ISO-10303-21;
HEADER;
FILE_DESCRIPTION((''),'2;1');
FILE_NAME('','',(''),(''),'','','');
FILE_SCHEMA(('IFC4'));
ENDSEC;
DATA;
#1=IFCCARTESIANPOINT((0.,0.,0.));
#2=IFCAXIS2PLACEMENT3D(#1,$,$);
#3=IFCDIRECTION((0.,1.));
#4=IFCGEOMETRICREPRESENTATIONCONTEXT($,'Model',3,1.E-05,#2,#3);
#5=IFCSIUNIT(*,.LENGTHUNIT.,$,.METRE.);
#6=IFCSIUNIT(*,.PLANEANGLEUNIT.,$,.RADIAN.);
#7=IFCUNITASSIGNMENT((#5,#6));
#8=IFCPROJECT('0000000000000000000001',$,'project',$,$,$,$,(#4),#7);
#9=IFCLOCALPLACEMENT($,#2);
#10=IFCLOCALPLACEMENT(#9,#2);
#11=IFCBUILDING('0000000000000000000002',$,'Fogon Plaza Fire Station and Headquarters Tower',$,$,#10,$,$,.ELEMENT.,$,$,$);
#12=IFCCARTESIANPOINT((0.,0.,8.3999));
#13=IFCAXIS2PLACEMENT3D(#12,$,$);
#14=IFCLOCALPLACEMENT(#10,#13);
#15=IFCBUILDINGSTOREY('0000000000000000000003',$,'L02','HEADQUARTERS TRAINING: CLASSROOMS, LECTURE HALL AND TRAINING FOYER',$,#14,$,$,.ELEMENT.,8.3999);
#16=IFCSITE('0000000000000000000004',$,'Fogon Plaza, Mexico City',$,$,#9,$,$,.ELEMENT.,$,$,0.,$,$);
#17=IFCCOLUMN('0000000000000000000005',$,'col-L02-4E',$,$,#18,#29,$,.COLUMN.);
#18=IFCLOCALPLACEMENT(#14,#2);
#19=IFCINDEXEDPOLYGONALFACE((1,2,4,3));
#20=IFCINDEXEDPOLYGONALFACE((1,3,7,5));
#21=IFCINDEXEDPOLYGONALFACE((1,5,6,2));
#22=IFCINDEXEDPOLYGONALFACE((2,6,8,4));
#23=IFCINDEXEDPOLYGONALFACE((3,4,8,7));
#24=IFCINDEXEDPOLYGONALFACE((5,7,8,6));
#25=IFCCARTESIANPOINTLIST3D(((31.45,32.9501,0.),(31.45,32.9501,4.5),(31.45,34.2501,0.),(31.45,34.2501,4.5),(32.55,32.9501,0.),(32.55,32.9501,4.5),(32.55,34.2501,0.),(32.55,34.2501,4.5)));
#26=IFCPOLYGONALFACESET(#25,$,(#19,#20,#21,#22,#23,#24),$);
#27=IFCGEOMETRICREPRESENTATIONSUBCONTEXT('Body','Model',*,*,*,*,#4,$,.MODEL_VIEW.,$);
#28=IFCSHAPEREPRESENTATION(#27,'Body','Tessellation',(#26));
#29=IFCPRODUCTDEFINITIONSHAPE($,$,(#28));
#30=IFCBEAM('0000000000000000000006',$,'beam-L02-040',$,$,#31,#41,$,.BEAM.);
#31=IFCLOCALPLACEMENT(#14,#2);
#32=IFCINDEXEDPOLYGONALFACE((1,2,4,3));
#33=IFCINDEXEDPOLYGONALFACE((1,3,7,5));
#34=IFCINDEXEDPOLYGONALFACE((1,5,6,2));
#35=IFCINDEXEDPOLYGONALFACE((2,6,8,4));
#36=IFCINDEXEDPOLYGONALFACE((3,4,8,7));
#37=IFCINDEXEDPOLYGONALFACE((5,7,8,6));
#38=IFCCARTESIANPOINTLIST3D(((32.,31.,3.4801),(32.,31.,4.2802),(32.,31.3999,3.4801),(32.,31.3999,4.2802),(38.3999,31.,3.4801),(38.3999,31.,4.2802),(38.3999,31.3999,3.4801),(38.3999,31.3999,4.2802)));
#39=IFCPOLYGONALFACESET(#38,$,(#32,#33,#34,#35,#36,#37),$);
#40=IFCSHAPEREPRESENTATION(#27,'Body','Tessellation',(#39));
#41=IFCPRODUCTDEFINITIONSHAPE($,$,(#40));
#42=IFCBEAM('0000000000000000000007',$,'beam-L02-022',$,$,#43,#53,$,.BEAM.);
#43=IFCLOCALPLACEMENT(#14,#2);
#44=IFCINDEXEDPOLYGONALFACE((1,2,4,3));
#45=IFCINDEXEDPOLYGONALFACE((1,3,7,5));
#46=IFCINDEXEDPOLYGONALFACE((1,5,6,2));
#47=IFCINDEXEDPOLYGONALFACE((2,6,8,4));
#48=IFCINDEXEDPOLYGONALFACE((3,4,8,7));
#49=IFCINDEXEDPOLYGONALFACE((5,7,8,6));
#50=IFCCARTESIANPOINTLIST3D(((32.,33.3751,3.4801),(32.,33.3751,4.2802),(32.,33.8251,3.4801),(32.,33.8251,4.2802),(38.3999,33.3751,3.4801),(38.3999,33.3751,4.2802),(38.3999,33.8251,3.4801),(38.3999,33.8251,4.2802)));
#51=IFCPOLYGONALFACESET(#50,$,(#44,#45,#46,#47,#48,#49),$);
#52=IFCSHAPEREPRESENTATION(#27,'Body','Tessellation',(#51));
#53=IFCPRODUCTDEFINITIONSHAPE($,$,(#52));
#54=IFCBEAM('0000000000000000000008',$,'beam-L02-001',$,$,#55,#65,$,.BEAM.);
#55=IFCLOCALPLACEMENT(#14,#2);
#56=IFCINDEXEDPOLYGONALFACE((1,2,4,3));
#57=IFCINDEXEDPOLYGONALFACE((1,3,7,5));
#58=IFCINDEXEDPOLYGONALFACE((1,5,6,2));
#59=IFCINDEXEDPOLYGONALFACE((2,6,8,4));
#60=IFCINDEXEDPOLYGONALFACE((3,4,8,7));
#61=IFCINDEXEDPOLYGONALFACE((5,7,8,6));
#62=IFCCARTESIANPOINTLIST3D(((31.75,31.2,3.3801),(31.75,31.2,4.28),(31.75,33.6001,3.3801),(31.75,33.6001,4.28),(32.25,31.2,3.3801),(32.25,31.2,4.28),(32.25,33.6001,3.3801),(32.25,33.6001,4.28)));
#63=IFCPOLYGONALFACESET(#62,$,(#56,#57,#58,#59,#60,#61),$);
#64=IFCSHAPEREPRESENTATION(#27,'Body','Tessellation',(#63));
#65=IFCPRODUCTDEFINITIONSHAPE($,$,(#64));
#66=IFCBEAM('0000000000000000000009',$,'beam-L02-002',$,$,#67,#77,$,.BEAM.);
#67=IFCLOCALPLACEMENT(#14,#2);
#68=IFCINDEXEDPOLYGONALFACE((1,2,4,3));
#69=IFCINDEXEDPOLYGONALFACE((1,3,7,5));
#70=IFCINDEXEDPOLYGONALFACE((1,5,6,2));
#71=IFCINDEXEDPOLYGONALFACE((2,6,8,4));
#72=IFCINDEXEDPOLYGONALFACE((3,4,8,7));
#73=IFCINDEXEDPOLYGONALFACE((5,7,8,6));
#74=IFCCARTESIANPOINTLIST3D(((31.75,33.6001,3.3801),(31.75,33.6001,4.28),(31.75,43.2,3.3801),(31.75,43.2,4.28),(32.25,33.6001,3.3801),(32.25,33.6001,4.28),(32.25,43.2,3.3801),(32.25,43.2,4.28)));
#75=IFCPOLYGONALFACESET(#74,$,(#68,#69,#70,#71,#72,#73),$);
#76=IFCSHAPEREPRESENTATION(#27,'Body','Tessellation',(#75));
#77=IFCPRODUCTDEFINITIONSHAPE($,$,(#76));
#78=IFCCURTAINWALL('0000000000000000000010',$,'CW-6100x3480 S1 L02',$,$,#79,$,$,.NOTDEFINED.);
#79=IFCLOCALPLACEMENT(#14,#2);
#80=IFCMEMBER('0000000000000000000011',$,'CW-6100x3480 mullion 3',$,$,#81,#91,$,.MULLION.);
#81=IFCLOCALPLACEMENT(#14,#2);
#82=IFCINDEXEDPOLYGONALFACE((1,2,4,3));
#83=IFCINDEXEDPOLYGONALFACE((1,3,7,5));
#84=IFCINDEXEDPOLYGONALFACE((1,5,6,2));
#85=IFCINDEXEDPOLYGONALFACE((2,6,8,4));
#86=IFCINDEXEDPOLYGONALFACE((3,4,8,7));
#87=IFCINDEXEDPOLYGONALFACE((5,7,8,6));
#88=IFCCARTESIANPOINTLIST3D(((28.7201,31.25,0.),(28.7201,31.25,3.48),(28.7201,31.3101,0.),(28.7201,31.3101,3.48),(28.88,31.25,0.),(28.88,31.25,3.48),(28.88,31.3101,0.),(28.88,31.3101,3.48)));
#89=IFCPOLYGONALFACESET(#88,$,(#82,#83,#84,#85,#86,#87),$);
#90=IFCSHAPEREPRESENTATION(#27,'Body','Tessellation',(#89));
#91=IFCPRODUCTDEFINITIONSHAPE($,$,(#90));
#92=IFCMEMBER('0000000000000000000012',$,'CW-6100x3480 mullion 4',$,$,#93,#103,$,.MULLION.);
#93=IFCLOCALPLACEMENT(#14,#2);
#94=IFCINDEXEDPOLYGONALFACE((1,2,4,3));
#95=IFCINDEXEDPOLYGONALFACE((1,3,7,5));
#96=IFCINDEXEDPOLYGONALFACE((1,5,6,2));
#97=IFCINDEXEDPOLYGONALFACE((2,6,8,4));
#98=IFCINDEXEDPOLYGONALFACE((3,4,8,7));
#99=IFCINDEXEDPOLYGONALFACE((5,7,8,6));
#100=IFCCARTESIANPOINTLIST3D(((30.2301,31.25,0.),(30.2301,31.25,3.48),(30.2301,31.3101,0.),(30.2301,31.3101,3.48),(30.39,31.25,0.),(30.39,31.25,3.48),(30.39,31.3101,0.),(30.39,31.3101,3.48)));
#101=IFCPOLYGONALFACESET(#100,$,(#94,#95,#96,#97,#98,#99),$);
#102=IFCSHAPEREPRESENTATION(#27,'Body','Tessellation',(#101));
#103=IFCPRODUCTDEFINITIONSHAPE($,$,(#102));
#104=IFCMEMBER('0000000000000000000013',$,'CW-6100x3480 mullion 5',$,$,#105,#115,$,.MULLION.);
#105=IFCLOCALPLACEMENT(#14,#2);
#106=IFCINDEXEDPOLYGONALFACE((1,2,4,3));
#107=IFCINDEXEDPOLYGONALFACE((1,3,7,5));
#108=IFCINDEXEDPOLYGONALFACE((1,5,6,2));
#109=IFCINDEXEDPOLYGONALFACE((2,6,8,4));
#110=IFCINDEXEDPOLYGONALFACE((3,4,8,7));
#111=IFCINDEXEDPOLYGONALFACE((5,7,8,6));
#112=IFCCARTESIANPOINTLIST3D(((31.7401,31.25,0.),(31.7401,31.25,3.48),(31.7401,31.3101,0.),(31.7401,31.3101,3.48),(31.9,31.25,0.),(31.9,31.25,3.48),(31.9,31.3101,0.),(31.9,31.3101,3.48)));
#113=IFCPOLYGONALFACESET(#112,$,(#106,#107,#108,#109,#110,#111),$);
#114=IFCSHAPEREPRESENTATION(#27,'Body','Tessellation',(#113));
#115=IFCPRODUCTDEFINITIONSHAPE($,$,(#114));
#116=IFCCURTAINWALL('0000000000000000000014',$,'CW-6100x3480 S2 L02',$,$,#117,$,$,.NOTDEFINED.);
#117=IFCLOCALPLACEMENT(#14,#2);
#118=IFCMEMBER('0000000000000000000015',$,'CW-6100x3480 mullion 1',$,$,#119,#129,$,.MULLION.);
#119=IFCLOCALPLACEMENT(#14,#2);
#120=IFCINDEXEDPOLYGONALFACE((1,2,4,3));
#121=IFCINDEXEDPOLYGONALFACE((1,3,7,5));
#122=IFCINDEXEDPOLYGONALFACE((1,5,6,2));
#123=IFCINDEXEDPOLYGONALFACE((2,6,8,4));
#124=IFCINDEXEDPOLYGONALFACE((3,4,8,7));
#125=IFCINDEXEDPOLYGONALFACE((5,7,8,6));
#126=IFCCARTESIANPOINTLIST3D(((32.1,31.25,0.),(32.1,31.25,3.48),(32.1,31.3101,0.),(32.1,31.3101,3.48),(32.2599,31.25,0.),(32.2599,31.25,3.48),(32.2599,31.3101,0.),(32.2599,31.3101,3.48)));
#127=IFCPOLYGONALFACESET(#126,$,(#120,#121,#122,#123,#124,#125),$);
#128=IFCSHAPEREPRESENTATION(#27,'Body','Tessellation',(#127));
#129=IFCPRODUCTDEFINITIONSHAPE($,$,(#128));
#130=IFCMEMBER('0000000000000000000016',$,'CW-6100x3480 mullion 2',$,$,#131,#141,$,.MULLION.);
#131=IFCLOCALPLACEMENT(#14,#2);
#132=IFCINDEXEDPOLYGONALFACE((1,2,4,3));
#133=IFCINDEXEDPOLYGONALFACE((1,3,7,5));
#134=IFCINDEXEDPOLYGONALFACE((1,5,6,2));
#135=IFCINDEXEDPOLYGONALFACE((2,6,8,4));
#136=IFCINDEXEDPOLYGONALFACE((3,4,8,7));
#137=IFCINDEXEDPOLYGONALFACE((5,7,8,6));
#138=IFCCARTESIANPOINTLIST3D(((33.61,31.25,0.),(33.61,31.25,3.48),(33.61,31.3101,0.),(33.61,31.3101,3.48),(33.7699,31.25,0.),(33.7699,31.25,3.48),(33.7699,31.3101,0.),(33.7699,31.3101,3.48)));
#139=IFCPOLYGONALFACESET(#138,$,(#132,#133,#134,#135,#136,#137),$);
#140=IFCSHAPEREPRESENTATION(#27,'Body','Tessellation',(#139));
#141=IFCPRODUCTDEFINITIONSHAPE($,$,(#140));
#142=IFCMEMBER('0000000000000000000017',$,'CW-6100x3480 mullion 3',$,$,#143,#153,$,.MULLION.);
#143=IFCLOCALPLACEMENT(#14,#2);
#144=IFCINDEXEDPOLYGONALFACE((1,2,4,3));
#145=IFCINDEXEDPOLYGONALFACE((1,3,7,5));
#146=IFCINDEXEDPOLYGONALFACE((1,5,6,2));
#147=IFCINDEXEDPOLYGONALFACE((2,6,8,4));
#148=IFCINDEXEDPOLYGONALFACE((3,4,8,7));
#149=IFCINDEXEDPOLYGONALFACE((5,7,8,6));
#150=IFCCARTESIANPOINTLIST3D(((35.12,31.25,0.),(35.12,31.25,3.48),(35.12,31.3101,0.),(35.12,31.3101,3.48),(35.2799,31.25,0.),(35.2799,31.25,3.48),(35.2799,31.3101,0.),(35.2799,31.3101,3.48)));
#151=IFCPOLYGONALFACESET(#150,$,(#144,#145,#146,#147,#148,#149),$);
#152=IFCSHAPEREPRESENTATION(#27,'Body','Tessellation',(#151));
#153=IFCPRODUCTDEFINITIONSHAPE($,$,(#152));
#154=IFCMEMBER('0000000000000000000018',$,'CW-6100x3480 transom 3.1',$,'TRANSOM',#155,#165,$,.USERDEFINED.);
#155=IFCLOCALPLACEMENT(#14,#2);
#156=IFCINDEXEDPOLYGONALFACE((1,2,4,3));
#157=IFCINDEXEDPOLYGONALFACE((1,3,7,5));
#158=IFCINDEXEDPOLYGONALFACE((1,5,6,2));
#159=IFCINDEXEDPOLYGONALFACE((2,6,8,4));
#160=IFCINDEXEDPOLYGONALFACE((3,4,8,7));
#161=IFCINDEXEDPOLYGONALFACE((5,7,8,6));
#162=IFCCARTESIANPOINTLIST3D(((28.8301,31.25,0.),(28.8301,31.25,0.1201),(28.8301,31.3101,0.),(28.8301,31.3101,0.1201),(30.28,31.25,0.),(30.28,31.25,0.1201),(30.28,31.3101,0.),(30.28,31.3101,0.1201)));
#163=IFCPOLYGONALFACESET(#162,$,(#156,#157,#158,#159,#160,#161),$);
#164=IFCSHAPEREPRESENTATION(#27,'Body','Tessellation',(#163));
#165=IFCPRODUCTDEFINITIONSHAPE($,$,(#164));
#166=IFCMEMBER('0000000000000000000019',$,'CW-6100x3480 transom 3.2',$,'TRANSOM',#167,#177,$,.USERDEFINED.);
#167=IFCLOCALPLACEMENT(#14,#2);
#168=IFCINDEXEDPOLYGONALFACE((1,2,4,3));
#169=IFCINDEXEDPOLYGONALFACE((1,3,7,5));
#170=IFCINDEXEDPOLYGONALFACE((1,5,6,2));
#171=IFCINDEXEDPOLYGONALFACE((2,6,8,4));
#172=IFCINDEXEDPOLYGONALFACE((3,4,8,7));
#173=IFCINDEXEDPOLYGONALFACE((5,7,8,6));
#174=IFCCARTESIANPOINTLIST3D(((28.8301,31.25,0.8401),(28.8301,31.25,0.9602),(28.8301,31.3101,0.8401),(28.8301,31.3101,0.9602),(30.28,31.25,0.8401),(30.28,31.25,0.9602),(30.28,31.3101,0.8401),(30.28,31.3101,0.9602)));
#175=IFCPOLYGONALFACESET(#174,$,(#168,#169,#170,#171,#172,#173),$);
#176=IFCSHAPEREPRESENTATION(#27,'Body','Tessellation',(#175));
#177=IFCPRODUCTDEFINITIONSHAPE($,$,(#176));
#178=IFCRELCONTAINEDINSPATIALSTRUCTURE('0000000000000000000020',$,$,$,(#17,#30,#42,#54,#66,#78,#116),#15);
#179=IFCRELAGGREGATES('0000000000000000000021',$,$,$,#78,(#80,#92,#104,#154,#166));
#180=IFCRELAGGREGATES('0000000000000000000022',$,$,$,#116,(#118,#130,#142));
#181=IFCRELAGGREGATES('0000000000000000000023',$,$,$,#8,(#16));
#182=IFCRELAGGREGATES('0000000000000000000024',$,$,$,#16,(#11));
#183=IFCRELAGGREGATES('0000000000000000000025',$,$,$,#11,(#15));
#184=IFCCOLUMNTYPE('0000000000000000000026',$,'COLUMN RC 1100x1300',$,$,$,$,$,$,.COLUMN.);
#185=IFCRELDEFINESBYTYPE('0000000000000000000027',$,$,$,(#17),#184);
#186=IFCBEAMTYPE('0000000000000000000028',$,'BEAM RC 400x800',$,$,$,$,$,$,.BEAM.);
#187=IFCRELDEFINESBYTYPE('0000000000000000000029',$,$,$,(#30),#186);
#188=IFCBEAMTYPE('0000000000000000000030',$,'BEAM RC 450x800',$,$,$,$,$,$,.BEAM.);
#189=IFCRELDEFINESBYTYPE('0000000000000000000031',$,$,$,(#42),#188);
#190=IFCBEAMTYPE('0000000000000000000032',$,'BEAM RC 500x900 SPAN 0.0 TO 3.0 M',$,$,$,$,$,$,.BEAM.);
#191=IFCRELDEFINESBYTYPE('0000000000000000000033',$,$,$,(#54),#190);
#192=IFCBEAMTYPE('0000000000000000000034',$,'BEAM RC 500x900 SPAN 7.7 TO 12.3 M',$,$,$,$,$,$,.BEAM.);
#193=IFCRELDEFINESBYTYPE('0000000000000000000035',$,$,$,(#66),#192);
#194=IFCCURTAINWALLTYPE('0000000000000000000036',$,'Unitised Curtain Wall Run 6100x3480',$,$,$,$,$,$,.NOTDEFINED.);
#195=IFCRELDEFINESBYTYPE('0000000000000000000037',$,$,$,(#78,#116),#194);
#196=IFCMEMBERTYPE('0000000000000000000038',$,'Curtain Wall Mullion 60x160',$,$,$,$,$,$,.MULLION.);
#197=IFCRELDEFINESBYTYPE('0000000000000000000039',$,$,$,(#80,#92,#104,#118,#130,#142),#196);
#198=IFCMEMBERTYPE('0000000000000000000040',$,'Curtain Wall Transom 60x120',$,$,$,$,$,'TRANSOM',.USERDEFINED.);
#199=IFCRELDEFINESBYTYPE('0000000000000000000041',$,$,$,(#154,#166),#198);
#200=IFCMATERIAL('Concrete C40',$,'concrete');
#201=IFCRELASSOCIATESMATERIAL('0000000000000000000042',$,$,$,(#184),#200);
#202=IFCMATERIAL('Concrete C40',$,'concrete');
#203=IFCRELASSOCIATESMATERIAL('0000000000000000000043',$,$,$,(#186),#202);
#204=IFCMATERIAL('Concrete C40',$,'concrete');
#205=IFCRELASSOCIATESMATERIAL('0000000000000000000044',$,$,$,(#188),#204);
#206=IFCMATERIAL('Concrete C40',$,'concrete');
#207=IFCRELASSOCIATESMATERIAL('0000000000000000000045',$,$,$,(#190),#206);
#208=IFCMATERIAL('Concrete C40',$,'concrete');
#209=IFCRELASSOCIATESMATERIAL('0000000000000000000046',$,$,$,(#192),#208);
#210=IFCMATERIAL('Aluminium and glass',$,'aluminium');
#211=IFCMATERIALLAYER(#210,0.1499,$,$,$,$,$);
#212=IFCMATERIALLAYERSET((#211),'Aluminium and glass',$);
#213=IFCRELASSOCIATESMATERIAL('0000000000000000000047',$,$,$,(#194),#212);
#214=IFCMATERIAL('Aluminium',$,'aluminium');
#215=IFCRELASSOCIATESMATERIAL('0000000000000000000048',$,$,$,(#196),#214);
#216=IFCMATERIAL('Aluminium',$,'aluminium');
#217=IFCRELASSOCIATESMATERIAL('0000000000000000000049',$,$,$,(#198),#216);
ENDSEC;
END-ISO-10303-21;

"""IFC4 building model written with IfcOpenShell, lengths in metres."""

from ifc_helpers import new_model, si_unit, direction, frame, origin, origin_2d, place, context, subcontext, project, spatial, rectangle, extrude, material, layer, layer_set, material_profile, profile_set, type_object, element, aggregate, save


model = new_model("IFC4")

# Units and contexts
model_context = context("Model", 3, precision=1e-05, world=origin(), true_north=direction((0.0, 1.0)))
body_context = subcontext(model_context, "Body", "Model", "MODEL_VIEW")
ifc_project = project(units=[si_unit("LENGTHUNIT", "METRE"), si_unit("PLANEANGLEUNIT", "RADIAN")], contexts=[model_context])

# Site, building, storey
site_placement = place(None, origin())
site = spatial("IfcSite", under=ifc_project, at=site_placement, Name="Fogon Plaza, Mexico City", CompositionType="ELEMENT", RefElevation=0.0)
building_placement = place(site_placement, origin())
building = spatial("IfcBuilding", under=site, at=building_placement, Name="Fogon Plaza Fire Station and Headquarters Tower", CompositionType="ELEMENT")
storey_placement = place(building_placement, frame((0.0, 0.0, 8.3999)))
storey = spatial("IfcBuildingStorey", under=building, at=storey_placement, Name="L02", Description="HEADQUARTERS TRAINING: CLASSROOMS, LECTURE HALL AND TRAINING FOYER", CompositionType="ELEMENT", Elevation=8.3999)

# Column
ifc_material_1 = material(Name="Concrete C40", Category="concrete")
ifc_material_profile_1 = material_profile(ifc_material_1, rectangle(XDim=1.1001, YDim=1.3, at=origin_2d()), Name="RC 1100x1300")
ifc_profile_set_1 = profile_set([ifc_material_profile_1], Name="Concrete C40")
column_type = type_object("IfcColumnType", Name="COLUMN RC 1100x1300", PredefinedType="COLUMN", material=ifc_profile_set_1)
column_placement = place(storey_placement, frame((32.0, 33.6001, 0.0), z_axis=(0.0, 0.0, 1.0), x_axis=(1.0, 0.0, 0.0)))
element("IfcColumn", 1, at=column_placement, inside=storey, type_object=column_type, Name="col-L02-4E", PredefinedType="COLUMN", context=body_context, shape_type="SweptSolid", body=[
    extrude(rectangle(XDim=1.1001, YDim=1.3, at=origin_2d()), origin(), (0.0, 0.0, 1.0), 4.5),
])

# Beams
ifc_material_2 = material(Name="Concrete C40", Category="concrete")
ifc_material_profile_2 = material_profile(ifc_material_2, rectangle(XDim=0.3999, YDim=0.8, at=origin_2d()), Name="RC 400x800")
ifc_profile_set_2 = profile_set([ifc_material_profile_2], Name="Concrete C40")
beam_type_1 = type_object("IfcBeamType", Name="BEAM RC 400x800", PredefinedType="BEAM", material=ifc_profile_set_2)
beam_1_placement = place(storey_placement, frame((32.0, 31.2, 3.8801), z_axis=(1.0, 0.0, 0.0), x_axis=(0.0, 1.0, 0.0)))
element("IfcBeam", 2, at=beam_1_placement, inside=storey, type_object=beam_type_1, Name="beam-L02-040", PredefinedType="BEAM", context=body_context, shape_type="SweptSolid", body=[
    extrude(rectangle(XDim=0.3999, YDim=0.8, at=origin_2d()), origin(), (0.0, 0.0, 1.0), 6.3999),
])
ifc_material_3 = material(Name="Concrete C40", Category="concrete")
ifc_material_profile_3 = material_profile(ifc_material_3, rectangle(XDim=0.45, YDim=0.8, at=origin_2d()), Name="RC 450x800")
ifc_profile_set_3 = profile_set([ifc_material_profile_3], Name="Concrete C40")
beam_type_2 = type_object("IfcBeamType", Name="BEAM RC 450x800", PredefinedType="BEAM", material=ifc_profile_set_3)
beam_2_placement = place(storey_placement, frame((32.0, 33.6001, 3.8801), z_axis=(1.0, 0.0, 0.0), x_axis=(0.0, 1.0, 0.0)))
element("IfcBeam", 3, at=beam_2_placement, inside=storey, type_object=beam_type_2, Name="beam-L02-022", PredefinedType="BEAM", context=body_context, shape_type="SweptSolid", body=[
    extrude(rectangle(XDim=0.45, YDim=0.8, at=origin_2d()), origin(), (0.0, 0.0, 1.0), 6.3999),
])
ifc_material_4 = material(Name="Concrete C40", Category="concrete")
ifc_material_profile_4 = material_profile(ifc_material_4, rectangle(XDim=0.5, YDim=0.8999, at=origin_2d()), Name="RC 500x900")
ifc_profile_set_4 = profile_set([ifc_material_profile_4], Name="Concrete C40")
beam_type_3 = type_object("IfcBeamType", Name="BEAM RC 500x900 SPAN 0.0 TO 3.0 M", PredefinedType="BEAM", material=ifc_profile_set_4)
beam_3_placement = place(storey_placement, frame((32.0, 31.2, 3.8301), z_axis=(0.0, 1.0, 0.0), x_axis=(-1.0, 0.0, 0.0)))
element("IfcBeam", 4, at=beam_3_placement, inside=storey, type_object=beam_type_3, Name="beam-L02-001", PredefinedType="BEAM", context=body_context, shape_type="SweptSolid", body=[
    extrude(rectangle(XDim=0.5, YDim=0.8999, at=origin_2d()), origin(), (0.0, 0.0, 1.0), 2.4001),
])
ifc_material_5 = material(Name="Concrete C40", Category="concrete")
ifc_material_profile_5 = material_profile(ifc_material_5, rectangle(XDim=0.5, YDim=0.8999, at=origin_2d()), Name="RC 500x900")
ifc_profile_set_5 = profile_set([ifc_material_profile_5], Name="Concrete C40")
beam_type_4 = type_object("IfcBeamType", Name="BEAM RC 500x900 SPAN 7.7 TO 12.3 M", PredefinedType="BEAM", material=ifc_profile_set_5)
beam_4_placement = place(storey_placement, frame((32.0, 33.6001, 3.8301), z_axis=(0.0, 1.0, 0.0), x_axis=(-1.0, 0.0, 0.0)))
element("IfcBeam", 5, at=beam_4_placement, inside=storey, type_object=beam_type_4, Name="beam-L02-002", PredefinedType="BEAM", context=body_context, shape_type="SweptSolid", body=[
    extrude(rectangle(XDim=0.5, YDim=0.8999, at=origin_2d()), origin(), (0.0, 0.0, 1.0), 9.5999),
])

# Curtain walls, members
ifc_material_6 = material(Name="Aluminium and glass", Category="aluminium")
ifc_layer_1 = layer(ifc_material_6, 0.1499)
ifc_layer_set_1 = layer_set([ifc_layer_1], Name="Aluminium and glass")
curtain_wall_type = type_object("IfcCurtainWallType", Name="Unitised Curtain Wall Run 6100x3480", PredefinedType="NOTDEFINED", material=ifc_layer_set_1)
curtain_wall_1_placement = place(storey_placement, origin())
curtain_wall_1 = element("IfcCurtainWall", 6, at=curtain_wall_1_placement, inside=storey, type_object=curtain_wall_type, Name="CW-6100x3480 S1 L02", PredefinedType="NOTDEFINED")
ifc_material_7 = material(Name="Aluminium", Category="aluminium")
ifc_material_profile_6 = material_profile(ifc_material_7, rectangle(XDim=0.0601, YDim=0.1599, at=origin_2d()), Name="Curtain Wall Mullion 60x160")
ifc_profile_set_6 = profile_set([ifc_material_profile_6], Name="Aluminium")
member_type_1 = type_object("IfcMemberType", Name="Curtain Wall Mullion 60x160", PredefinedType="MULLION", material=ifc_profile_set_6)
member_1_placement = place(storey_placement, frame((28.8, 31.28, 0.0), z_axis=(0.0, 0.0, 1.0), x_axis=(0.0, 1.0, 0.0)))
member_1 = element("IfcMember", 7, at=member_1_placement, type_object=member_type_1, Name="CW-6100x3480 mullion 3", PredefinedType="MULLION", context=body_context, shape_type="SweptSolid", body=[
    extrude(rectangle(XDim=0.0601, YDim=0.1599, at=origin_2d()), origin(), (0.0, 0.0, 1.0), 3.48),
])
member_2_placement = place(storey_placement, frame((30.3101, 31.28, 0.0), z_axis=(0.0, 0.0, 1.0), x_axis=(0.0, 1.0, 0.0)))
member_2 = element("IfcMember", 8, at=member_2_placement, type_object=member_type_1, Name="CW-6100x3480 mullion 4", PredefinedType="MULLION", context=body_context, shape_type="SweptSolid", body=[
    extrude(rectangle(XDim=0.0601, YDim=0.1599, at=origin_2d()), origin(), (0.0, 0.0, 1.0), 3.48),
])
member_3_placement = place(storey_placement, frame((31.8201, 31.28, 0.0), z_axis=(0.0, 0.0, 1.0), x_axis=(0.0, 1.0, 0.0)))
member_3 = element("IfcMember", 9, at=member_3_placement, type_object=member_type_1, Name="CW-6100x3480 mullion 5", PredefinedType="MULLION", context=body_context, shape_type="SweptSolid", body=[
    extrude(rectangle(XDim=0.0601, YDim=0.1599, at=origin_2d()), origin(), (0.0, 0.0, 1.0), 3.48),
])
curtain_wall_2_placement = place(storey_placement, origin())
curtain_wall_2 = element("IfcCurtainWall", 10, at=curtain_wall_2_placement, inside=storey, type_object=curtain_wall_type, Name="CW-6100x3480 S2 L02", PredefinedType="NOTDEFINED")
member_4_placement = place(storey_placement, frame((32.1799, 31.28, 0.0), z_axis=(0.0, 0.0, 1.0), x_axis=(0.0, 1.0, 0.0)))
member_4 = element("IfcMember", 11, at=member_4_placement, type_object=member_type_1, Name="CW-6100x3480 mullion 1", PredefinedType="MULLION", context=body_context, shape_type="SweptSolid", body=[
    extrude(rectangle(XDim=0.0601, YDim=0.1599, at=origin_2d()), origin(), (0.0, 0.0, 1.0), 3.48),
])
member_5_placement = place(storey_placement, frame((33.6899, 31.28, 0.0), z_axis=(0.0, 0.0, 1.0), x_axis=(0.0, 1.0, 0.0)))
member_5 = element("IfcMember", 12, at=member_5_placement, type_object=member_type_1, Name="CW-6100x3480 mullion 2", PredefinedType="MULLION", context=body_context, shape_type="SweptSolid", body=[
    extrude(rectangle(XDim=0.0601, YDim=0.1599, at=origin_2d()), origin(), (0.0, 0.0, 1.0), 3.48),
])
member_6_placement = place(storey_placement, frame((35.2, 31.28, 0.0), z_axis=(0.0, 0.0, 1.0), x_axis=(0.0, 1.0, 0.0)))
member_6 = element("IfcMember", 13, at=member_6_placement, type_object=member_type_1, Name="CW-6100x3480 mullion 3", PredefinedType="MULLION", context=body_context, shape_type="SweptSolid", body=[
    extrude(rectangle(XDim=0.0601, YDim=0.1599, at=origin_2d()), origin(), (0.0, 0.0, 1.0), 3.48),
])

# Members
ifc_material_8 = material(Name="Aluminium", Category="aluminium")
ifc_material_profile_7 = material_profile(ifc_material_8, rectangle(XDim=0.0601, YDim=0.1201, at=origin_2d()), Name="Curtain Wall Transom 60x120")
ifc_profile_set_7 = profile_set([ifc_material_profile_7], Name="Aluminium")
member_type_2 = type_object("IfcMemberType", Name="Curtain Wall Transom 60x120", ElementType="TRANSOM", PredefinedType="USERDEFINED", material=ifc_profile_set_7)
member_7_placement = place(storey_placement, frame((28.8301, 31.28, 0.0601), z_axis=(1.0, 0.0, 0.0), x_axis=(0.0, 1.0, 0.0)))
member_7 = element("IfcMember", 14, at=member_7_placement, type_object=member_type_2, Name="CW-6100x3480 transom 3.1", ObjectType="TRANSOM", PredefinedType="USERDEFINED", context=body_context, shape_type="SweptSolid", body=[
    extrude(rectangle(XDim=0.0601, YDim=0.1201, at=origin_2d()), origin(), (0.0, 0.0, 1.0), 1.45),
])
member_8_placement = place(storey_placement, frame((28.8301, 31.28, 0.9001), z_axis=(1.0, 0.0, 0.0), x_axis=(0.0, 1.0, 0.0)))
member_8 = element("IfcMember", 15, at=member_8_placement, type_object=member_type_2, Name="CW-6100x3480 transom 3.2", ObjectType="TRANSOM", PredefinedType="USERDEFINED", context=body_context, shape_type="SweptSolid", body=[
    extrude(rectangle(XDim=0.0601, YDim=0.1201, at=origin_2d()), origin(), (0.0, 0.0, 1.0), 1.45),
])

aggregate(curtain_wall_1, [member_1, member_2, member_3, member_7, member_8])
aggregate(curtain_wall_2, [member_4, member_5, member_6])

save(model, "model.ifc")
